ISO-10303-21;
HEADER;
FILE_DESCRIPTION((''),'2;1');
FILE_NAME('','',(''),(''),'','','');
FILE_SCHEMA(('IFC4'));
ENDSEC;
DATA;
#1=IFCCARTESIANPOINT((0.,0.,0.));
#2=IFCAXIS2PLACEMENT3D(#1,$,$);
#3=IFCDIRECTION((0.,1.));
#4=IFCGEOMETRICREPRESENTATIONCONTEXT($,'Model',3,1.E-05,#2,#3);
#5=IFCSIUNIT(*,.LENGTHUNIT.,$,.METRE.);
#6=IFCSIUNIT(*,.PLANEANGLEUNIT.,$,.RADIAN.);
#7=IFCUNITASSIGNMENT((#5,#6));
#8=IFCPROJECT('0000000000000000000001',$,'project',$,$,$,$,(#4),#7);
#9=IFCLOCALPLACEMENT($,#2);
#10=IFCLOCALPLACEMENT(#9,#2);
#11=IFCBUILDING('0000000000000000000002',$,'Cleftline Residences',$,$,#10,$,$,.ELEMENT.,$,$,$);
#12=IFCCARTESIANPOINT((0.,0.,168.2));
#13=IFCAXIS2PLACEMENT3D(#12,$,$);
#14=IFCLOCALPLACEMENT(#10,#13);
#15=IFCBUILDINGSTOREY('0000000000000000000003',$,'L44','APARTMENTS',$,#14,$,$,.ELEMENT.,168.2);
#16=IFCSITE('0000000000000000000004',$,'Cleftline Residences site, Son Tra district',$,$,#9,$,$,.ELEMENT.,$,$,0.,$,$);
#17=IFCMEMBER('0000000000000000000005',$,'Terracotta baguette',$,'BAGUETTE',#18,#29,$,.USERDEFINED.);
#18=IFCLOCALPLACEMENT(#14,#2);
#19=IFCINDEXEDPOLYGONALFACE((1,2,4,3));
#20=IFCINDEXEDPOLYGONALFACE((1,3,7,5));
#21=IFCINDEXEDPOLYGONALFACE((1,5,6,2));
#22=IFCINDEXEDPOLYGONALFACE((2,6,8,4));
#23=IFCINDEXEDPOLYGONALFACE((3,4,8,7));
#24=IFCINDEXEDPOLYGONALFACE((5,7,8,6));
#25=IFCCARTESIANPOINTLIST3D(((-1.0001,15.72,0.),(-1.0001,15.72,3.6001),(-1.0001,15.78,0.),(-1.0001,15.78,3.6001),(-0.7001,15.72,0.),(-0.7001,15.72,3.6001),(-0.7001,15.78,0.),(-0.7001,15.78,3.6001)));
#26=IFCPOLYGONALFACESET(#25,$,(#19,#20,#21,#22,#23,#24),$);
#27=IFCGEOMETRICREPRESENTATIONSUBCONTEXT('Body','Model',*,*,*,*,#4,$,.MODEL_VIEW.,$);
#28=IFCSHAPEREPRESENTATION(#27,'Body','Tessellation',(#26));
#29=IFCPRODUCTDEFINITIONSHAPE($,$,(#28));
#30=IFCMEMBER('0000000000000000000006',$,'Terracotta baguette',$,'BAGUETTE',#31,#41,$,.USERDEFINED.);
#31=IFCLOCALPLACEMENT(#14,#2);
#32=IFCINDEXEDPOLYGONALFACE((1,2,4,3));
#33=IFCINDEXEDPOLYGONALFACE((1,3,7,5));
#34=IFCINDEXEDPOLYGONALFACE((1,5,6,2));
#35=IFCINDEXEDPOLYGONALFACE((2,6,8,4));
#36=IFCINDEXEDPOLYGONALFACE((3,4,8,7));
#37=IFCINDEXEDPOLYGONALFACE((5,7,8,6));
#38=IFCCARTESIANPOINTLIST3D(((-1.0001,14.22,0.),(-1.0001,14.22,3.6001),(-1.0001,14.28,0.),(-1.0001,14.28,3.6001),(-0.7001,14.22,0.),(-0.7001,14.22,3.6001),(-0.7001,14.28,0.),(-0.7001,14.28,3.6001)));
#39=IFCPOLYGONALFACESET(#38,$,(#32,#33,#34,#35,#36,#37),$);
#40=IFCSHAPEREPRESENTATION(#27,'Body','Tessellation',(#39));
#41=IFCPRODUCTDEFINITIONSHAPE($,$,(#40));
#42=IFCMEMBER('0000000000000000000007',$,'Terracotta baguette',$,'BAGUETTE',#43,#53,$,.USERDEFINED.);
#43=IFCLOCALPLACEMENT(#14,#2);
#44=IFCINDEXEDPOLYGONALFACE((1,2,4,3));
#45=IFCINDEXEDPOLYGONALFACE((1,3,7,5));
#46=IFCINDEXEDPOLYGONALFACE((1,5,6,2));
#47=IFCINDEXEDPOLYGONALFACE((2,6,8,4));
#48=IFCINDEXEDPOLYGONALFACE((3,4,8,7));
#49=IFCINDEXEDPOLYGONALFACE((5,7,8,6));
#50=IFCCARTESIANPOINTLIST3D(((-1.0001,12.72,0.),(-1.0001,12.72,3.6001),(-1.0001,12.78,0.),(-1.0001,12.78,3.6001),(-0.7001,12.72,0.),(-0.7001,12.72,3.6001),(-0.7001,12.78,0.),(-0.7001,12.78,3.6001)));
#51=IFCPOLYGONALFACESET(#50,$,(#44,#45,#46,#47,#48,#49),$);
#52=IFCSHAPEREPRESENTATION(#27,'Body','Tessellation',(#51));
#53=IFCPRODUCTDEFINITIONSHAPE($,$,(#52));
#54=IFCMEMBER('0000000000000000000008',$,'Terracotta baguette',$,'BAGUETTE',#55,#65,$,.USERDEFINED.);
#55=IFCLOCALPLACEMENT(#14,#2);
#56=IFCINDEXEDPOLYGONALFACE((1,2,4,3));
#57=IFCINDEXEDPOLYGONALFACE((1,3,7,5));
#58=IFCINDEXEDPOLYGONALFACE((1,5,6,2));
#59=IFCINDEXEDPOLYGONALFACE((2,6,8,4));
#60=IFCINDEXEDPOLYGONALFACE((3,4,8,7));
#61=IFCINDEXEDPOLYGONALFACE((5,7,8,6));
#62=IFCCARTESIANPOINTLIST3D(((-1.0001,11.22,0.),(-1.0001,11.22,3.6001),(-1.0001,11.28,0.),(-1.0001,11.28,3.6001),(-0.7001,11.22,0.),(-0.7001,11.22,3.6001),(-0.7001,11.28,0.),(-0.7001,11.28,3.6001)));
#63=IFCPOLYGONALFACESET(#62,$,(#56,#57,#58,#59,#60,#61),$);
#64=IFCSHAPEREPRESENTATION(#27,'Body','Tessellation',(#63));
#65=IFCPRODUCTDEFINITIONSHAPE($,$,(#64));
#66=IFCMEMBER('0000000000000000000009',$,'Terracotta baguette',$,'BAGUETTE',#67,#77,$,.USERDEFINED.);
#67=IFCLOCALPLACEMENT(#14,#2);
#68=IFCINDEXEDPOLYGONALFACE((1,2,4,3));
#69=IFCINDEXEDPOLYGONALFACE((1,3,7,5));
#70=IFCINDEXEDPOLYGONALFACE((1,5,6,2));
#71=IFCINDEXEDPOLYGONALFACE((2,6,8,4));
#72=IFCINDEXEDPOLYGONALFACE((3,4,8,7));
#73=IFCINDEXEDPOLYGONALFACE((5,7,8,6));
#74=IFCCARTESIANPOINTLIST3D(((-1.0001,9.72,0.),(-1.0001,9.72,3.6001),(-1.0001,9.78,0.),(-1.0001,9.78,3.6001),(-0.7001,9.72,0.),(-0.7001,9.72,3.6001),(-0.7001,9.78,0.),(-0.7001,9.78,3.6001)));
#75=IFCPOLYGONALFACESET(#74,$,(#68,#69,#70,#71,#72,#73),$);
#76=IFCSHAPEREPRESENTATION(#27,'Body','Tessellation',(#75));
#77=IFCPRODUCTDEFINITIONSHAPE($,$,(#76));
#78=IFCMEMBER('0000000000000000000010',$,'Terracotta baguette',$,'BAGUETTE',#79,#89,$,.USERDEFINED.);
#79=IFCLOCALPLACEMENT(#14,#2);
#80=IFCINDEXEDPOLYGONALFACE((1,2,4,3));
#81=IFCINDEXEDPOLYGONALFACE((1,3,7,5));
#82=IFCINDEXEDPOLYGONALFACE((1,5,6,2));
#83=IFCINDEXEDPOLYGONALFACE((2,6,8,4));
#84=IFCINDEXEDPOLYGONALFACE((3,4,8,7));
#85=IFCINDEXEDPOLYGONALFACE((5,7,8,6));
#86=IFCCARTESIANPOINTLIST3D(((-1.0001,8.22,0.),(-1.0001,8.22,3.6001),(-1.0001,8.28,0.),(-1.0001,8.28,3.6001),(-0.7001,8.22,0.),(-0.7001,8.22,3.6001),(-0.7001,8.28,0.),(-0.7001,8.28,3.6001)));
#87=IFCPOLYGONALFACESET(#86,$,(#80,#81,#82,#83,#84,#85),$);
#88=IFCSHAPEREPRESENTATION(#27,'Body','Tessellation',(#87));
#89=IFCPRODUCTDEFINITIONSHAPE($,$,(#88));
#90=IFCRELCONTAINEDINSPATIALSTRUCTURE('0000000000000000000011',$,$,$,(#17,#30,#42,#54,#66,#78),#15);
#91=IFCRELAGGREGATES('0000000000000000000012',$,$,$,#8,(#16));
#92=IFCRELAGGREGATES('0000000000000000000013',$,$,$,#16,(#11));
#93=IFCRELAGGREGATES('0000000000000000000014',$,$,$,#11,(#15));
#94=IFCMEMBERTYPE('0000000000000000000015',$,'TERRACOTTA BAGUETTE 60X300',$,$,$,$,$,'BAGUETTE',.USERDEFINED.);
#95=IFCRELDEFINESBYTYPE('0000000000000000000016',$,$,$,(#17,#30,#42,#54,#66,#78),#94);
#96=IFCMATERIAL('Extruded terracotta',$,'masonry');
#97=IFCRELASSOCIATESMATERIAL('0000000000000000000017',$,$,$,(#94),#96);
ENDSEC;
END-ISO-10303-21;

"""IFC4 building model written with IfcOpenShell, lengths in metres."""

from ifc_helpers import new_model, si_unit, direction, frame, origin, origin_2d, place, context, subcontext, project, spatial, rectangle, extrude, material, material_profile, profile_set, type_object, element, save


model = new_model("IFC4")

# Units and contexts
model_context = context("Model", 3, precision=1e-05, world=origin(), true_north=direction((0.0, 1.0)))
body_context = subcontext(model_context, "Body", "Model", "MODEL_VIEW")
ifc_project = project(units=[si_unit("LENGTHUNIT", "METRE"), si_unit("PLANEANGLEUNIT", "RADIAN")], contexts=[model_context])

# Site, building, storey
site_placement = place(None, origin())
site = spatial("IfcSite", under=ifc_project, at=site_placement, Name="Cleftline Residences site, Son Tra district", CompositionType="ELEMENT", RefElevation=0.0)
building_placement = place(site_placement, origin())
building = spatial("IfcBuilding", under=site, at=building_placement, Name="Cleftline Residences", CompositionType="ELEMENT")
storey_placement = place(building_placement, frame((0.0, 0.0, 168.2)))
storey = spatial("IfcBuildingStorey", under=building, at=storey_placement, Name="L44", Description="APARTMENTS", CompositionType="ELEMENT", Elevation=168.2)

# Members
ifc_material_1 = material(Name="Extruded terracotta", Category="masonry")
ifc_material_profile = material_profile(ifc_material_1, rectangle(XDim=0.0601, YDim=0.3, at=origin_2d()))
ifc_profile_set = profile_set([ifc_material_profile], Name="Extruded terracotta")
member_type = type_object("IfcMemberType", Name="TERRACOTTA BAGUETTE 60X300", ElementType="BAGUETTE", PredefinedType="USERDEFINED", material=ifc_profile_set)
for number, where, z_axis, x_axis, name in (
    (1, (-0.8501, 15.75, 0.0), (0.0, 0.0, 1.0), (0.0, 1.0, 0.0), "Terracotta baguette"),
    (2, (-0.8501, 14.25, 0.0), (0.0, 0.0, 1.0), (0.0, 1.0, 0.0), "Terracotta baguette"),
    (3, (-0.8501, 12.75, 0.0), (0.0, 0.0, 1.0), (0.0, 1.0, 0.0), "Terracotta baguette"),
    (4, (-0.8501, 11.25, 0.0), (0.0, 0.0, 1.0), (0.0, 1.0, 0.0), "Terracotta baguette"),
    (5, (-0.8501, 9.75, 0.0), (0.0, 0.0, 1.0), (0.0, 1.0, 0.0), "Terracotta baguette"),
    (6, (-0.8501, 8.25, 0.0), (0.0, 0.0, 1.0), (0.0, 1.0, 0.0), "Terracotta baguette"),
):
    element("IfcMember", number, at=place(storey_placement, frame(where, z_axis=z_axis, x_axis=x_axis)), inside=storey, type_object=member_type, Name=name, ObjectType="BAGUETTE", PredefinedType="USERDEFINED", context=body_context, shape_type="SweptSolid", body=[
        extrude(rectangle(XDim=0.0601, YDim=0.3, at=origin_2d()), origin(), (0.0, 0.0, 1.0), 3.6001),
    ])

save(model, "model.ifc")
